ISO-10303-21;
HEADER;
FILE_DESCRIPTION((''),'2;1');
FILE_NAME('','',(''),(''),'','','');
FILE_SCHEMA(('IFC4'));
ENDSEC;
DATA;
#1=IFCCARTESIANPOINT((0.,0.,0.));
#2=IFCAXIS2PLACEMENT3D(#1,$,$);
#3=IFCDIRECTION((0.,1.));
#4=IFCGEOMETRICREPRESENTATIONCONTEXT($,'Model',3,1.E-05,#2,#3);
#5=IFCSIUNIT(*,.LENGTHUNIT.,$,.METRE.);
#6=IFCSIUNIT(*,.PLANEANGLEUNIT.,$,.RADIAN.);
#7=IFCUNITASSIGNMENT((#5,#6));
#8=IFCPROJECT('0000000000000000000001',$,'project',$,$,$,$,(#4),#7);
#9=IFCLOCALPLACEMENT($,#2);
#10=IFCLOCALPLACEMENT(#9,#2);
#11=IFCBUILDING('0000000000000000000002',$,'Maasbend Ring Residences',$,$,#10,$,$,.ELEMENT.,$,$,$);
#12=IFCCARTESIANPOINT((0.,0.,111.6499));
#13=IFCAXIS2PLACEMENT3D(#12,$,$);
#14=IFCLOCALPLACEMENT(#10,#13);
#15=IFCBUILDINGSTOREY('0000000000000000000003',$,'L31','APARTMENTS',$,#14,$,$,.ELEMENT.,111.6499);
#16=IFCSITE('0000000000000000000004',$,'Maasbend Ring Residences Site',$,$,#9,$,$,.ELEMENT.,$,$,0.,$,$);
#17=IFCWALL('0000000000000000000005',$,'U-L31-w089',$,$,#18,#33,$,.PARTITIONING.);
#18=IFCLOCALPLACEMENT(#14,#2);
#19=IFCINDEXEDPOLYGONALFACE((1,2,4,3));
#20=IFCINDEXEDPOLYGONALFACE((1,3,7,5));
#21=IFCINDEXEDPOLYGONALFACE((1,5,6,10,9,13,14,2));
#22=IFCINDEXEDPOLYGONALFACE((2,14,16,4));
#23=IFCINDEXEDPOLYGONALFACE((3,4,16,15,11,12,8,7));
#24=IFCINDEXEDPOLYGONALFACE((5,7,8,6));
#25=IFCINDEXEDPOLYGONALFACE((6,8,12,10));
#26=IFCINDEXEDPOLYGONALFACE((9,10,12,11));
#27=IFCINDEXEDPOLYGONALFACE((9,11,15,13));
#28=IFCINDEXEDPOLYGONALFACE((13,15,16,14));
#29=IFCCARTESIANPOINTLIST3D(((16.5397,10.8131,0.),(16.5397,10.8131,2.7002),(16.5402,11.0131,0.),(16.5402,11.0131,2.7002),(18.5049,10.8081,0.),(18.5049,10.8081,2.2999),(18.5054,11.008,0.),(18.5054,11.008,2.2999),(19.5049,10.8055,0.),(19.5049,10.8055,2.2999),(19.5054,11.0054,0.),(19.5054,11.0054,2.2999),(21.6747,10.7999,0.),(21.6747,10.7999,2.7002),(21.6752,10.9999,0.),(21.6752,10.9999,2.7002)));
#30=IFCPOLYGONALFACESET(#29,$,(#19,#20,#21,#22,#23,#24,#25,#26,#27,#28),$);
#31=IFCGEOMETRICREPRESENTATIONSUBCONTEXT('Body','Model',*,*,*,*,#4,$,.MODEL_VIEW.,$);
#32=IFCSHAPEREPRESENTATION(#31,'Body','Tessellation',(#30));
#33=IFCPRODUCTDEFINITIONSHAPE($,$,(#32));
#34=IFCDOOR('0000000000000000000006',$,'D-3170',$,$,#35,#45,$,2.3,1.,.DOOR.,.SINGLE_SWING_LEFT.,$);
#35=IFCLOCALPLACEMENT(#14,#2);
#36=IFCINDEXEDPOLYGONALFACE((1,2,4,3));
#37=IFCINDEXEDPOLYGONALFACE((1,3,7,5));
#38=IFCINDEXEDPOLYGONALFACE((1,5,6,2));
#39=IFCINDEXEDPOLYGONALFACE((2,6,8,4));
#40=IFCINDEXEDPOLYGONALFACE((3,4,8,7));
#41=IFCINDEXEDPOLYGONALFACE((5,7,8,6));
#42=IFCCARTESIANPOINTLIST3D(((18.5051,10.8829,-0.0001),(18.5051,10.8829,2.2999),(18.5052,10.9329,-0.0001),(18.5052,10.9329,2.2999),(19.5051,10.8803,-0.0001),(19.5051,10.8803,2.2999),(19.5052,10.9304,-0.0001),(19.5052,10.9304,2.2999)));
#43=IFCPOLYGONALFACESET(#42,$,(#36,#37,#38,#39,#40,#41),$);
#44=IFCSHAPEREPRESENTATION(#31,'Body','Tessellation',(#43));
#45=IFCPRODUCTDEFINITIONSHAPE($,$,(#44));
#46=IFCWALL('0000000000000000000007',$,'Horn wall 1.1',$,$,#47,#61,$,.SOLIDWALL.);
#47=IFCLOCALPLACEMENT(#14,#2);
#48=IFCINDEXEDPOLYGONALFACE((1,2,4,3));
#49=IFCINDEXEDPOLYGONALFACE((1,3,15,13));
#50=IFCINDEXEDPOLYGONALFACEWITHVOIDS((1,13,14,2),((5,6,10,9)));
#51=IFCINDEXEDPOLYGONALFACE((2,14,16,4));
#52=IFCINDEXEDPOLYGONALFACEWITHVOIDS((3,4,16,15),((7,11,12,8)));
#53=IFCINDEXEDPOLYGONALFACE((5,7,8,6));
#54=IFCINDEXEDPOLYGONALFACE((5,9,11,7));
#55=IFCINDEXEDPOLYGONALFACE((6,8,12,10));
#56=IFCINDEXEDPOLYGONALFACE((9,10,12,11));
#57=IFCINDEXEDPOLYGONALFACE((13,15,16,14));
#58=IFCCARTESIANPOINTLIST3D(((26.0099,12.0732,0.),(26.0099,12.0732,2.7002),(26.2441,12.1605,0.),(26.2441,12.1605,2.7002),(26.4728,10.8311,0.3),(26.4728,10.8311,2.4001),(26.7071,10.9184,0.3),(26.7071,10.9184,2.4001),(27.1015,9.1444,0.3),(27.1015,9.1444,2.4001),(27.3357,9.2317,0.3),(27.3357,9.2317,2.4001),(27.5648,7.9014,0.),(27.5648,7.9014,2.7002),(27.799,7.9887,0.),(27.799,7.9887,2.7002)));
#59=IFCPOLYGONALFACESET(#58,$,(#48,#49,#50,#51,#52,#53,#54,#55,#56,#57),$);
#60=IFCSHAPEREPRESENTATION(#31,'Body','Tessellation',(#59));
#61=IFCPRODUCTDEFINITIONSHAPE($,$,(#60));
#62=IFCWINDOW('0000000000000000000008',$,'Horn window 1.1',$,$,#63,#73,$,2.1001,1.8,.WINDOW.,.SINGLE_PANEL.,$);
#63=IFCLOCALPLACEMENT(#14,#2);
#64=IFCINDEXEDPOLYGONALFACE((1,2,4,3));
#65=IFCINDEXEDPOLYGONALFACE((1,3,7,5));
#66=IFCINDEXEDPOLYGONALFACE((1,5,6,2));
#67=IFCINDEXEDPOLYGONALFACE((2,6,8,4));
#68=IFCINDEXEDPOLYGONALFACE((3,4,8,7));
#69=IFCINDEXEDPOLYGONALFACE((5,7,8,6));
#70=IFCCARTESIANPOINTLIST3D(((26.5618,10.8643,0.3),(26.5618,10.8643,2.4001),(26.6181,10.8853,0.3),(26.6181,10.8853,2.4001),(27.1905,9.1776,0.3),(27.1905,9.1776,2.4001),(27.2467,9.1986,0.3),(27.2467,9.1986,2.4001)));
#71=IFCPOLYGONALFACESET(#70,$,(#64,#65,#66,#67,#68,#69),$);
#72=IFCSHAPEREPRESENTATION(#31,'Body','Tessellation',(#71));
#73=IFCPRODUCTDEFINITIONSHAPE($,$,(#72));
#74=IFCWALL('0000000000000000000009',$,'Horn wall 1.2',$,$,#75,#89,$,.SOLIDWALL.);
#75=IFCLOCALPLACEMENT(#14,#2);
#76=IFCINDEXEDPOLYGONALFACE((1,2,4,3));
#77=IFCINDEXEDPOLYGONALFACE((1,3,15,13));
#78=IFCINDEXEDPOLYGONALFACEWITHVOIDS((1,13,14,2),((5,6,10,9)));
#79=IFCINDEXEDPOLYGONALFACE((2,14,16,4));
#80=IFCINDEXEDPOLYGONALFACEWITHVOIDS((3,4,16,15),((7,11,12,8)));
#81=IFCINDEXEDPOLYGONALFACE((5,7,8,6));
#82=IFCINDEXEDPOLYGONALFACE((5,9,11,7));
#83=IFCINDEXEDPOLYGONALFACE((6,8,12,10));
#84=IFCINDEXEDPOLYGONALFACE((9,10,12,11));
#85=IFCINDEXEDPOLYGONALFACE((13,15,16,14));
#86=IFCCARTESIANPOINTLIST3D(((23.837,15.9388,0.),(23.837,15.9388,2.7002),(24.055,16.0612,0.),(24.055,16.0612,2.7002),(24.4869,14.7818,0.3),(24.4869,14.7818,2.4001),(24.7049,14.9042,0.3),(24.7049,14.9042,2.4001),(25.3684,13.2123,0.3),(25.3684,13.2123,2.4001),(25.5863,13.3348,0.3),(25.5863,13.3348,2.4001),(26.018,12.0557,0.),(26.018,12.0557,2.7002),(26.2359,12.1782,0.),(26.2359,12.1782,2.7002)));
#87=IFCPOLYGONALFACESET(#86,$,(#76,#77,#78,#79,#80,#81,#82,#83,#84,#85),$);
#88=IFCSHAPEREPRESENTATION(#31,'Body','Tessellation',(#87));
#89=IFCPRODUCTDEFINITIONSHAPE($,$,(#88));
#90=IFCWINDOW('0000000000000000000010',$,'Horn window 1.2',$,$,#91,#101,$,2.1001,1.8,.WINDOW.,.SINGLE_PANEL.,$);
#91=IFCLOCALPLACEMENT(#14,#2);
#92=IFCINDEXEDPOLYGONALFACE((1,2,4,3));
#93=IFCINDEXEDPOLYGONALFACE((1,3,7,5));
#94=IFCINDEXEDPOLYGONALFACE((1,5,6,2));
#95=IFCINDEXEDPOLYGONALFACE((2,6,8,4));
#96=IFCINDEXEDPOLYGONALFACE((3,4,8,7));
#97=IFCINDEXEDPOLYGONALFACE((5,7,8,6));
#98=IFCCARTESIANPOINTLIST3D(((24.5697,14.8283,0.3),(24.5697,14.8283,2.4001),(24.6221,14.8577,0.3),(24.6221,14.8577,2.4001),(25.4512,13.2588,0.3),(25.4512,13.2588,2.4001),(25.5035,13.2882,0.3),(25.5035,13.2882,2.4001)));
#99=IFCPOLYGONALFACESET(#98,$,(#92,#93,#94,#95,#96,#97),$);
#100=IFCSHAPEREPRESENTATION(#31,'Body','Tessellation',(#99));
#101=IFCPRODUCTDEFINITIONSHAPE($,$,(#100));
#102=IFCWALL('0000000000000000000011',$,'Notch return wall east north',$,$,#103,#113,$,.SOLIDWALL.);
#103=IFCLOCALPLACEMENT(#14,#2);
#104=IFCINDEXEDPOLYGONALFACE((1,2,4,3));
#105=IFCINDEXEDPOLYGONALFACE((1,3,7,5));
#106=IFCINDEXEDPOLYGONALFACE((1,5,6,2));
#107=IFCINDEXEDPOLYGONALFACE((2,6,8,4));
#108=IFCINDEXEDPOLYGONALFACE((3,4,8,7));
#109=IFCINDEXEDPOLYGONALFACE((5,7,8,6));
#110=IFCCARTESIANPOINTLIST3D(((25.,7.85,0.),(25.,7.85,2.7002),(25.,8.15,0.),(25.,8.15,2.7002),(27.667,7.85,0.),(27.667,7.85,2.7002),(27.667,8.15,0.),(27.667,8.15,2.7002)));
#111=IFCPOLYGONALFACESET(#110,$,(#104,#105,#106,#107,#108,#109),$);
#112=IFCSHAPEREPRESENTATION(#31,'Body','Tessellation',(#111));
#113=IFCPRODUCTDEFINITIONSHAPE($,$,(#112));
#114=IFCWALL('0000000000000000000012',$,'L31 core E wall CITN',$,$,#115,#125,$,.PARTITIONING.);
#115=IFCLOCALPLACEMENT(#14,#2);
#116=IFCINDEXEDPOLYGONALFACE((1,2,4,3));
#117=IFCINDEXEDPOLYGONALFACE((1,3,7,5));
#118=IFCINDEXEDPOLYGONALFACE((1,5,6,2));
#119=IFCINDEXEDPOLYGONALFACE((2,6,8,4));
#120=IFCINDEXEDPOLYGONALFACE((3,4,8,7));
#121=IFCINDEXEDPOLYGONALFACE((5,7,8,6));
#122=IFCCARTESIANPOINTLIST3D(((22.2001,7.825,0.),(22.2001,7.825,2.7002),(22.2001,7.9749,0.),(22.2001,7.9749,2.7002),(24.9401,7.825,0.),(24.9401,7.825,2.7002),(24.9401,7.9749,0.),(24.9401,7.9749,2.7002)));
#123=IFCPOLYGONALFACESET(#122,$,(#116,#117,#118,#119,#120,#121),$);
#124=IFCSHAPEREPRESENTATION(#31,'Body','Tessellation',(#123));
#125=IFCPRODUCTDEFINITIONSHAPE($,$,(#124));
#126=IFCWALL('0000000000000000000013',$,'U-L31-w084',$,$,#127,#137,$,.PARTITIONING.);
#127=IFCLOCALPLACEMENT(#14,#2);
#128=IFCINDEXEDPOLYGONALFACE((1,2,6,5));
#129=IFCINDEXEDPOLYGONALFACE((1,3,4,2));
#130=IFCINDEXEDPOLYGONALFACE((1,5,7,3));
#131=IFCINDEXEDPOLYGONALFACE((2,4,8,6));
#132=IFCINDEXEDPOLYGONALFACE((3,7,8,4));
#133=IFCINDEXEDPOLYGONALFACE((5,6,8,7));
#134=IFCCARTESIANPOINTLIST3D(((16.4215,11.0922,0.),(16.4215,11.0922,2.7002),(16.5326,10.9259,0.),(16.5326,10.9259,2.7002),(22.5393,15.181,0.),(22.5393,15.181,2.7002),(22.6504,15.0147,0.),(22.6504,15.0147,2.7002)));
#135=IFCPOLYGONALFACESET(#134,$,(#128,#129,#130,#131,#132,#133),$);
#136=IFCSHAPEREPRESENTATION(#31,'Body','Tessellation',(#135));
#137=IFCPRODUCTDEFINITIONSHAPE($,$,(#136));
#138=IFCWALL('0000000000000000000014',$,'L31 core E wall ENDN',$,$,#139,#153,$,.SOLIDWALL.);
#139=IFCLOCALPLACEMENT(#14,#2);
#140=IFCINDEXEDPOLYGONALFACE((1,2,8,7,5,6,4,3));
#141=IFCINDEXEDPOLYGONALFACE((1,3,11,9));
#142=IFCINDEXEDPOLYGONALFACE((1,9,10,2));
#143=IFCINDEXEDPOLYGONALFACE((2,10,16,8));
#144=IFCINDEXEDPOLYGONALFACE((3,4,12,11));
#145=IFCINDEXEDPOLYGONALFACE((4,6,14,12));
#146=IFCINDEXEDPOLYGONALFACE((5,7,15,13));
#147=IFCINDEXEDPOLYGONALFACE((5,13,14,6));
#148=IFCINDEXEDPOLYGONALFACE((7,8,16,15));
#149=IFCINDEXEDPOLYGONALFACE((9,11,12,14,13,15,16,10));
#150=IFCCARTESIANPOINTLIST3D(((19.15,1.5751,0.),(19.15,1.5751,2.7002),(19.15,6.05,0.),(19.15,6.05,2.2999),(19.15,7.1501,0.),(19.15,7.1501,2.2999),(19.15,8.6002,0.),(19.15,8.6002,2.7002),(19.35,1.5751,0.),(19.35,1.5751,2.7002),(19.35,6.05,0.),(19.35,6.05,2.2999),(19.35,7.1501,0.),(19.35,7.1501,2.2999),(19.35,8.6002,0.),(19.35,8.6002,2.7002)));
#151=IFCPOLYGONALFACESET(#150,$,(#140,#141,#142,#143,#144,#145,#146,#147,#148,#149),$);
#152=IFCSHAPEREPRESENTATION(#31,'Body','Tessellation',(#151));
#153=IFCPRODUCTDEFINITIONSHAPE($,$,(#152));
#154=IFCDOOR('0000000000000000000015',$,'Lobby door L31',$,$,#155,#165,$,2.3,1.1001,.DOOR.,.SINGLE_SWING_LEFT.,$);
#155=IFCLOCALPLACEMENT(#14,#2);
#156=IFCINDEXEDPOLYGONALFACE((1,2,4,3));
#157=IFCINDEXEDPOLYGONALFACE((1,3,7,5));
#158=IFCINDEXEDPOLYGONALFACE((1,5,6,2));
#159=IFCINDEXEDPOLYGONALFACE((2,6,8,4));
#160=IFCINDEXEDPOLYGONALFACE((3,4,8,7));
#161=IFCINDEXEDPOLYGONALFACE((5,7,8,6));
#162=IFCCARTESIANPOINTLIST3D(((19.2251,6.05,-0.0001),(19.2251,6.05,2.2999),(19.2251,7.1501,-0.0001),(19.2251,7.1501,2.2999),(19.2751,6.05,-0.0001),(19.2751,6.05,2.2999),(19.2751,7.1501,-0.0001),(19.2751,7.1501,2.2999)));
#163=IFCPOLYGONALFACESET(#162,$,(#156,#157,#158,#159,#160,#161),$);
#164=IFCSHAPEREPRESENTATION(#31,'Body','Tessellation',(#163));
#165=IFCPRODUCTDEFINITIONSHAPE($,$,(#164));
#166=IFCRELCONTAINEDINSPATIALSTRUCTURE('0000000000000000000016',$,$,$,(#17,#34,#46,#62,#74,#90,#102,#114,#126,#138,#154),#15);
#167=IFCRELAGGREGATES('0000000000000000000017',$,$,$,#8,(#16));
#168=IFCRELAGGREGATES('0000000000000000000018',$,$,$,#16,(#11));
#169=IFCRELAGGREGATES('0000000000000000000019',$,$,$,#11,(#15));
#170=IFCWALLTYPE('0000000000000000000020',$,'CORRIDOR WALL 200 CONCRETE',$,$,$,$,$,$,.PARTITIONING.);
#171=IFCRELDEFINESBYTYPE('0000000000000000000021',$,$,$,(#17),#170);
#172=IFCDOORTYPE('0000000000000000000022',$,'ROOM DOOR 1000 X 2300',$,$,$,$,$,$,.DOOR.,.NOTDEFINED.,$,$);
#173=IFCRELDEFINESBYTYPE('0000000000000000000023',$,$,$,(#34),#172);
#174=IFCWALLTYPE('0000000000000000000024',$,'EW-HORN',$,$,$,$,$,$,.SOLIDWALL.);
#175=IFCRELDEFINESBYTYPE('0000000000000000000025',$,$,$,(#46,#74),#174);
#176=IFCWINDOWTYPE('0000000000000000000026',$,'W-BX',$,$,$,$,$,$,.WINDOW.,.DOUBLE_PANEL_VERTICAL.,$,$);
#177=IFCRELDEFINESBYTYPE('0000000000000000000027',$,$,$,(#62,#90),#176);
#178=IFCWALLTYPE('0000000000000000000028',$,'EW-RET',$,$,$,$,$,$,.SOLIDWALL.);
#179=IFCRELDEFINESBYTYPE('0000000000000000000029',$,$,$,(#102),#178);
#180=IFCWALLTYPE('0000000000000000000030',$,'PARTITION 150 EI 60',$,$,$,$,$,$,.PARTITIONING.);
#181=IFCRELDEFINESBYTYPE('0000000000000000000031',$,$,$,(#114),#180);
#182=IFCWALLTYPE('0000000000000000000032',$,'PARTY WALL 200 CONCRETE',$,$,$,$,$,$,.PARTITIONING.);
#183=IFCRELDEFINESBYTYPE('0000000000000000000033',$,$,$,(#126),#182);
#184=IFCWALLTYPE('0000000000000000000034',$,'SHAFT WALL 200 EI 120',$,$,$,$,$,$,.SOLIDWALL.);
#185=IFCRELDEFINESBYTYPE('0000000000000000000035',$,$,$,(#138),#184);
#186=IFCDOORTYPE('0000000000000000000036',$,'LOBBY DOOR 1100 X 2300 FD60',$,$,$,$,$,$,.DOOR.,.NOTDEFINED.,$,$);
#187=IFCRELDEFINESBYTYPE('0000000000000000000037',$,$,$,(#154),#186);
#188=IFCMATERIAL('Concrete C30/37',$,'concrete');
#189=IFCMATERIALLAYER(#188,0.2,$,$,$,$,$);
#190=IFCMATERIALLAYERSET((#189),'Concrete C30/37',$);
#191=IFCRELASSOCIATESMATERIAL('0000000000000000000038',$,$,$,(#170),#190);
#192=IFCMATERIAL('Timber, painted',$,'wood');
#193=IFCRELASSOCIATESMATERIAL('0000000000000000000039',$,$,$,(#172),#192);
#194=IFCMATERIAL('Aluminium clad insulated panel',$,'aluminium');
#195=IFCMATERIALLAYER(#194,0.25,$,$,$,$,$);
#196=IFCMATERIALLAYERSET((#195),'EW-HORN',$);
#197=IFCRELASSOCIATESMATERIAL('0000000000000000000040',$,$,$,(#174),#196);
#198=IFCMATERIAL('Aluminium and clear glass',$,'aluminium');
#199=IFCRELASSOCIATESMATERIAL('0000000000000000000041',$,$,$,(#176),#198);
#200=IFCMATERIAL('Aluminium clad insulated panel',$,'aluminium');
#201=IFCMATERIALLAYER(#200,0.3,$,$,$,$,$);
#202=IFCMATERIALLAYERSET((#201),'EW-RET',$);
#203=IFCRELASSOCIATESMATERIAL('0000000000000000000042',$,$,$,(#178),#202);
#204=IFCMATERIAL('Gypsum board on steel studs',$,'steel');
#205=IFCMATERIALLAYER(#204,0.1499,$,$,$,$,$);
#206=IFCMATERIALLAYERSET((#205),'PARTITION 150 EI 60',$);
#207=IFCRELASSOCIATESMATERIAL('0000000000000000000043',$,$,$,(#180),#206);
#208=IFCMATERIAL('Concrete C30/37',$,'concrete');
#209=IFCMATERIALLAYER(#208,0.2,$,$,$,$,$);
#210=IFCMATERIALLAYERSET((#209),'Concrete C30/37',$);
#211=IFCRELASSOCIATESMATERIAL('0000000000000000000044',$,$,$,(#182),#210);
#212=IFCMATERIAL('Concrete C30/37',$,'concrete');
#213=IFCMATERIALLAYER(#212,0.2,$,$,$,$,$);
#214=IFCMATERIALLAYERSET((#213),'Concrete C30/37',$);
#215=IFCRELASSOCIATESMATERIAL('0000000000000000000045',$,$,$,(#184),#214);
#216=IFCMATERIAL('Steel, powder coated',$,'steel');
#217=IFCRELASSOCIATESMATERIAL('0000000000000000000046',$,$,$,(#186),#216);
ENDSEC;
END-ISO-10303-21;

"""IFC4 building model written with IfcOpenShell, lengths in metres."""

from ifc_helpers import new_model, si_unit, direction, frame, frame_2d, origin, place, context, subcontext, project, spatial, rectangle, extrude, material, layer, layer_set, type_object, element, fill, save


model = new_model("IFC4")

# Units and contexts
model_context = context("Model", 3, precision=1e-05, world=origin(), true_north=direction((0.0, 1.0)))
body_context = subcontext(model_context, "Body", "Model", "MODEL_VIEW")
ifc_project = project(units=[si_unit("LENGTHUNIT", "METRE"), si_unit("PLANEANGLEUNIT", "RADIAN")], contexts=[model_context])

# Site, building, storey
site_placement = place(None, origin())
site = spatial("IfcSite", under=ifc_project, at=site_placement, Name="Maasbend Ring Residences Site", CompositionType="ELEMENT", RefElevation=0.0)
building_placement = place(site_placement, origin())
building = spatial("IfcBuilding", under=site, at=building_placement, Name="Maasbend Ring Residences", CompositionType="ELEMENT")
storey_placement = place(building_placement, frame((0.0, 0.0, 111.6499)))
storey = spatial("IfcBuildingStorey", under=building, at=storey_placement, Name="L31", Description="APARTMENTS", CompositionType="ELEMENT", Elevation=111.6499)

# Shared definitions
ifc_material_1 = material(Name="Concrete C30/37", Category="concrete")
ifc_layer_1 = layer(ifc_material_1, 0.2)
ifc_layer_set_1 = layer_set([ifc_layer_1], Name="Concrete C30/37")
wall_type_1 = type_object("IfcWallType", Name="CORRIDOR WALL 200 CONCRETE", PredefinedType="PARTITIONING", material=ifc_layer_set_1)

# Wall, opening, door
wall_1_placement = place(storey_placement, frame((16.54, 10.9131, 0.0), z_axis=(0.0, 0.0, 1.0), x_axis=(0.999997, -0.002567, 0.0)))
wall_1 = element("IfcWall", 1, at=wall_1_placement, inside=storey, type_object=wall_type_1, Name="U-L31-w089", PredefinedType="PARTITIONING", context=body_context, shape_type="SweptSolid", body=[
    extrude(rectangle(XDim=5.135, YDim=0.2, at=frame_2d((2.5674, 0.0))), origin(), (0.0, 0.0, 1.0), 2.7002),
])
opening_1_placement = place(wall_1_placement, frame((1.9651, 0.0, 0.0)))
opening_1 = element("IfcOpeningElement", 2, at=opening_1_placement, cuts=wall_1, PredefinedType="OPENING", context=body_context, shape_type="SweptSolid", body=[
    extrude(rectangle(XDim=1.0, YDim=2.3, at=frame_2d((0.5, 1.1499))), frame((0.0, 0.1099, 0.0), z_axis=(0.0, -1.0, 0.0), x_axis=(1.0, 0.0, 0.0)), (0.0, 0.0, 1.0), 0.22),
])
ifc_material_2 = material(Name="Timber, painted", Category="wood")
door_type_1 = type_object("IfcDoorType", Name="ROOM DOOR 1000 X 2300", OperationType="NOTDEFINED", PredefinedType="DOOR", material=ifc_material_2)
door_1_placement = place(opening_1_placement, origin())
door_1 = element("IfcDoor", 3, at=door_1_placement, inside=storey, type_object=door_type_1, Name="D-3170", OperationType="SINGLE_SWING_LEFT", OverallHeight=2.3, OverallWidth=1.0, PredefinedType="DOOR", context=body_context, shape_type="SweptSolid", body=[
    extrude(rectangle(XDim=1.0, YDim=2.3, at=frame_2d((0.5, 1.1499))), frame((0.0, 0.0249, 0.0), z_axis=(0.0, -1.0, 0.0), x_axis=(1.0, 0.0, 0.0)), (0.0, 0.0, 1.0), 0.05),
])
fill(opening_1, door_1)

# Walls, openings, windows
ifc_material_3 = material(Name="Aluminium clad insulated panel", Category="aluminium")
ifc_layer_2 = layer(ifc_material_3, 0.25)
ifc_layer_set_2 = layer_set([ifc_layer_2], Name="EW-HORN")
wall_type_2 = type_object("IfcWallType", Name="EW-HORN", PredefinedType="SOLIDWALL", material=ifc_layer_set_2)
wall_2_placement = place(storey_placement, frame((27.6819, 7.9451, 0.0), z_axis=(0.0, 0.0, 1.0), x_axis=(-0.349248, 0.93703, 0.0)))
wall_2 = element("IfcWall", 4, at=wall_2_placement, inside=storey, type_object=wall_type_2, Name="Horn wall 1.1", PredefinedType="SOLIDWALL", context=body_context, shape_type="SweptSolid", body=[
    extrude(rectangle(XDim=4.4521, YDim=0.25, at=frame_2d((2.2261, 0.0))), origin(), (0.0, 0.0, 1.0), 2.7002),
])
opening_2_placement = place(wall_2_placement, frame((1.3267, 0.0, 0.3)))
opening_2 = element("IfcOpeningElement", 5, at=opening_2_placement, cuts=wall_2, PredefinedType="OPENING", context=body_context, shape_type="SweptSolid", body=[
    extrude(rectangle(XDim=1.8, YDim=2.1001, at=frame_2d((0.8999, 1.05))), frame((0.0, 0.135, 0.0), z_axis=(0.0, -1.0, 0.0), x_axis=(1.0, 0.0, 0.0)), (0.0, 0.0, 1.0), 0.27),
])
ifc_material_4 = material(Name="Aluminium and clear glass", Category="aluminium")
window_type = type_object("IfcWindowType", Name="W-BX", PartitioningType="DOUBLE_PANEL_VERTICAL", PredefinedType="WINDOW", material=ifc_material_4)
window_1_placement = place(opening_2_placement, origin())
window_1 = element("IfcWindow", 6, at=window_1_placement, inside=storey, type_object=window_type, Name="Horn window 1.1", OverallHeight=2.1001, OverallWidth=1.8, PartitioningType="SINGLE_PANEL", PredefinedType="WINDOW", context=body_context, shape_type="SweptSolid", body=[
    extrude(rectangle(XDim=1.8, YDim=2.1001, at=frame_2d((0.8999, 1.05))), frame((0.0, 0.03, 0.0), z_axis=(0.0, -1.0, 0.0), x_axis=(1.0, 0.0, 0.0)), (0.0, 0.0, 1.0), 0.0601),
])
fill(opening_2, window_1)
wall_3_placement = place(storey_placement, frame((26.127, 12.1169, 0.0), z_axis=(0.0, 0.0, 1.0), x_axis=(-0.489696, 0.871893, 0.0)))
wall_3 = element("IfcWall", 7, at=wall_3_placement, inside=storey, type_object=wall_type_2, Name="Horn wall 1.2", PredefinedType="SOLIDWALL", context=body_context, shape_type="SweptSolid", body=[
    extrude(rectangle(XDim=4.4536, YDim=0.25, at=frame_2d((2.2268, 0.0))), origin(), (0.0, 0.0, 1.0), 2.7002),
])
opening_3_placement = place(wall_3_placement, frame((1.3267, 0.0, 0.3)))
opening_3 = element("IfcOpeningElement", 8, at=opening_3_placement, cuts=wall_3, PredefinedType="OPENING", context=body_context, shape_type="SweptSolid", body=[
    extrude(rectangle(XDim=1.8, YDim=2.1001, at=frame_2d((0.8999, 1.05))), frame((0.0, 0.135, 0.0), z_axis=(0.0, -1.0, 0.0), x_axis=(1.0, 0.0, 0.0)), (0.0, 0.0, 1.0), 0.27),
])
window_2_placement = place(opening_3_placement, origin())
window_2 = element("IfcWindow", 9, at=window_2_placement, inside=storey, type_object=window_type, Name="Horn window 1.2", OverallHeight=2.1001, OverallWidth=1.8, PartitioningType="SINGLE_PANEL", PredefinedType="WINDOW", context=body_context, shape_type="SweptSolid", body=[
    extrude(rectangle(XDim=1.8, YDim=2.1001, at=frame_2d((0.8999, 1.05))), frame((0.0, 0.03, 0.0), z_axis=(0.0, -1.0, 0.0), x_axis=(1.0, 0.0, 0.0)), (0.0, 0.0, 1.0), 0.0601),
])
fill(opening_3, window_2)

# Walls
ifc_material_5 = material(Name="Aluminium clad insulated panel", Category="aluminium")
ifc_layer_3 = layer(ifc_material_5, 0.3)
ifc_layer_set_3 = layer_set([ifc_layer_3], Name="EW-RET")
wall_type_3 = type_object("IfcWallType", Name="EW-RET", PredefinedType="SOLIDWALL", material=ifc_layer_set_3)
wall_4_placement = place(storey_placement, frame((25.0, 8.0, 0.0), z_axis=(0.0, 0.0, 1.0), x_axis=(1.0, 0.0, 0.0)))
element("IfcWall", 10, at=wall_4_placement, inside=storey, type_object=wall_type_3, Name="Notch return wall east north", PredefinedType="SOLIDWALL", context=body_context, shape_type="SweptSolid", body=[
    extrude(rectangle(XDim=2.667, YDim=0.3, at=frame_2d((1.3335, 0.0))), origin(), (0.0, 0.0, 1.0), 2.7002),
])
ifc_material_6 = material(Name="Gypsum board on steel studs", Category="steel")
ifc_layer_4 = layer(ifc_material_6, 0.1499)
ifc_layer_set_4 = layer_set([ifc_layer_4], Name="PARTITION 150 EI 60")
wall_type_4 = type_object("IfcWallType", Name="PARTITION 150 EI 60", PredefinedType="PARTITIONING", material=ifc_layer_set_4)
wall_5_placement = place(storey_placement, frame((22.2, 7.8999, 0.0), z_axis=(0.0, 0.0, 1.0), x_axis=(1.0, 0.0, 0.0)))
element("IfcWall", 11, at=wall_5_placement, inside=storey, type_object=wall_type_4, Name="L31 core E wall CITN", PredefinedType="PARTITIONING", context=body_context, shape_type="SweptSolid", body=[
    extrude(rectangle(XDim=2.74, YDim=0.1499, at=frame_2d((1.3701, 0.0))), origin(), (0.0, 0.0, 1.0), 2.7002),
])
ifc_material_7 = material(Name="Concrete C30/37", Category="concrete")
ifc_layer_5 = layer(ifc_material_7, 0.2)
ifc_layer_set_5 = layer_set([ifc_layer_5], Name="Concrete C30/37")
wall_type_5 = type_object("IfcWallType", Name="PARTY WALL 200 CONCRETE", PredefinedType="PARTITIONING", material=ifc_layer_set_5)
wall_6_placement = place(storey_placement, frame((16.4771, 11.009, 0.0), z_axis=(0.0, 0.0, 1.0), x_axis=(0.831407, 0.555665, 0.0)))
element("IfcWall", 12, at=wall_6_placement, inside=storey, type_object=wall_type_5, Name="U-L31-w084", PredefinedType="PARTITIONING", context=body_context, shape_type="SweptSolid", body=[
    extrude(rectangle(XDim=7.3584, YDim=0.2, at=frame_2d((3.6792, 0.0))), origin(), (0.0, 0.0, 1.0), 2.7002),
])

# Wall, opening, door
ifc_material_8 = material(Name="Concrete C30/37", Category="concrete")
ifc_layer_6 = layer(ifc_material_8, 0.2)
ifc_layer_set_6 = layer_set([ifc_layer_6], Name="Concrete C30/37")
wall_type_6 = type_object("IfcWallType", Name="SHAFT WALL 200 EI 120", PredefinedType="SOLIDWALL", material=ifc_layer_set_6)
wall_7_placement = place(storey_placement, frame((19.25, 1.575, 0.0), z_axis=(0.0, 0.0, 1.0), x_axis=(0.0, 1.0, 0.0)))
wall_7 = element("IfcWall", 13, at=wall_7_placement, inside=storey, type_object=wall_type_6, Name="L31 core E wall ENDN", PredefinedType="SOLIDWALL", context=body_context, shape_type="SweptSolid", body=[
    extrude(rectangle(XDim=7.0251, YDim=0.2, at=frame_2d((3.5127, 0.0))), origin(), (0.0, 0.0, 1.0), 2.7002),
])
opening_4_placement = place(wall_7_placement, frame((4.4751, 0.0, 0.0)))
opening_4 = element("IfcOpeningElement", 14, at=opening_4_placement, cuts=wall_7, PredefinedType="OPENING", context=body_context, shape_type="SweptSolid", body=[
    extrude(rectangle(XDim=1.1001, YDim=2.3, at=frame_2d((0.55, 1.1499))), frame((0.0, 0.1099, 0.0), z_axis=(0.0, -1.0, 0.0), x_axis=(1.0, 0.0, 0.0)), (0.0, 0.0, 1.0), 0.22),
])
ifc_material_9 = material(Name="Steel, powder coated", Category="steel")
door_type_2 = type_object("IfcDoorType", Name="LOBBY DOOR 1100 X 2300 FD60", OperationType="NOTDEFINED", PredefinedType="DOOR", material=ifc_material_9)
door_2_placement = place(opening_4_placement, origin())
door_2 = element("IfcDoor", 15, at=door_2_placement, inside=storey, type_object=door_type_2, Name="Lobby door L31", OperationType="SINGLE_SWING_LEFT", OverallHeight=2.3, OverallWidth=1.1001, PredefinedType="DOOR", context=body_context, shape_type="SweptSolid", body=[
    extrude(rectangle(XDim=1.1001, YDim=2.3, at=frame_2d((0.55, 1.1499))), frame((0.0, 0.0249, 0.0), z_axis=(0.0, -1.0, 0.0), x_axis=(1.0, 0.0, 0.0)), (0.0, 0.0, 1.0), 0.05),
])
fill(opening_4, door_2)

save(model, "model.ifc")
